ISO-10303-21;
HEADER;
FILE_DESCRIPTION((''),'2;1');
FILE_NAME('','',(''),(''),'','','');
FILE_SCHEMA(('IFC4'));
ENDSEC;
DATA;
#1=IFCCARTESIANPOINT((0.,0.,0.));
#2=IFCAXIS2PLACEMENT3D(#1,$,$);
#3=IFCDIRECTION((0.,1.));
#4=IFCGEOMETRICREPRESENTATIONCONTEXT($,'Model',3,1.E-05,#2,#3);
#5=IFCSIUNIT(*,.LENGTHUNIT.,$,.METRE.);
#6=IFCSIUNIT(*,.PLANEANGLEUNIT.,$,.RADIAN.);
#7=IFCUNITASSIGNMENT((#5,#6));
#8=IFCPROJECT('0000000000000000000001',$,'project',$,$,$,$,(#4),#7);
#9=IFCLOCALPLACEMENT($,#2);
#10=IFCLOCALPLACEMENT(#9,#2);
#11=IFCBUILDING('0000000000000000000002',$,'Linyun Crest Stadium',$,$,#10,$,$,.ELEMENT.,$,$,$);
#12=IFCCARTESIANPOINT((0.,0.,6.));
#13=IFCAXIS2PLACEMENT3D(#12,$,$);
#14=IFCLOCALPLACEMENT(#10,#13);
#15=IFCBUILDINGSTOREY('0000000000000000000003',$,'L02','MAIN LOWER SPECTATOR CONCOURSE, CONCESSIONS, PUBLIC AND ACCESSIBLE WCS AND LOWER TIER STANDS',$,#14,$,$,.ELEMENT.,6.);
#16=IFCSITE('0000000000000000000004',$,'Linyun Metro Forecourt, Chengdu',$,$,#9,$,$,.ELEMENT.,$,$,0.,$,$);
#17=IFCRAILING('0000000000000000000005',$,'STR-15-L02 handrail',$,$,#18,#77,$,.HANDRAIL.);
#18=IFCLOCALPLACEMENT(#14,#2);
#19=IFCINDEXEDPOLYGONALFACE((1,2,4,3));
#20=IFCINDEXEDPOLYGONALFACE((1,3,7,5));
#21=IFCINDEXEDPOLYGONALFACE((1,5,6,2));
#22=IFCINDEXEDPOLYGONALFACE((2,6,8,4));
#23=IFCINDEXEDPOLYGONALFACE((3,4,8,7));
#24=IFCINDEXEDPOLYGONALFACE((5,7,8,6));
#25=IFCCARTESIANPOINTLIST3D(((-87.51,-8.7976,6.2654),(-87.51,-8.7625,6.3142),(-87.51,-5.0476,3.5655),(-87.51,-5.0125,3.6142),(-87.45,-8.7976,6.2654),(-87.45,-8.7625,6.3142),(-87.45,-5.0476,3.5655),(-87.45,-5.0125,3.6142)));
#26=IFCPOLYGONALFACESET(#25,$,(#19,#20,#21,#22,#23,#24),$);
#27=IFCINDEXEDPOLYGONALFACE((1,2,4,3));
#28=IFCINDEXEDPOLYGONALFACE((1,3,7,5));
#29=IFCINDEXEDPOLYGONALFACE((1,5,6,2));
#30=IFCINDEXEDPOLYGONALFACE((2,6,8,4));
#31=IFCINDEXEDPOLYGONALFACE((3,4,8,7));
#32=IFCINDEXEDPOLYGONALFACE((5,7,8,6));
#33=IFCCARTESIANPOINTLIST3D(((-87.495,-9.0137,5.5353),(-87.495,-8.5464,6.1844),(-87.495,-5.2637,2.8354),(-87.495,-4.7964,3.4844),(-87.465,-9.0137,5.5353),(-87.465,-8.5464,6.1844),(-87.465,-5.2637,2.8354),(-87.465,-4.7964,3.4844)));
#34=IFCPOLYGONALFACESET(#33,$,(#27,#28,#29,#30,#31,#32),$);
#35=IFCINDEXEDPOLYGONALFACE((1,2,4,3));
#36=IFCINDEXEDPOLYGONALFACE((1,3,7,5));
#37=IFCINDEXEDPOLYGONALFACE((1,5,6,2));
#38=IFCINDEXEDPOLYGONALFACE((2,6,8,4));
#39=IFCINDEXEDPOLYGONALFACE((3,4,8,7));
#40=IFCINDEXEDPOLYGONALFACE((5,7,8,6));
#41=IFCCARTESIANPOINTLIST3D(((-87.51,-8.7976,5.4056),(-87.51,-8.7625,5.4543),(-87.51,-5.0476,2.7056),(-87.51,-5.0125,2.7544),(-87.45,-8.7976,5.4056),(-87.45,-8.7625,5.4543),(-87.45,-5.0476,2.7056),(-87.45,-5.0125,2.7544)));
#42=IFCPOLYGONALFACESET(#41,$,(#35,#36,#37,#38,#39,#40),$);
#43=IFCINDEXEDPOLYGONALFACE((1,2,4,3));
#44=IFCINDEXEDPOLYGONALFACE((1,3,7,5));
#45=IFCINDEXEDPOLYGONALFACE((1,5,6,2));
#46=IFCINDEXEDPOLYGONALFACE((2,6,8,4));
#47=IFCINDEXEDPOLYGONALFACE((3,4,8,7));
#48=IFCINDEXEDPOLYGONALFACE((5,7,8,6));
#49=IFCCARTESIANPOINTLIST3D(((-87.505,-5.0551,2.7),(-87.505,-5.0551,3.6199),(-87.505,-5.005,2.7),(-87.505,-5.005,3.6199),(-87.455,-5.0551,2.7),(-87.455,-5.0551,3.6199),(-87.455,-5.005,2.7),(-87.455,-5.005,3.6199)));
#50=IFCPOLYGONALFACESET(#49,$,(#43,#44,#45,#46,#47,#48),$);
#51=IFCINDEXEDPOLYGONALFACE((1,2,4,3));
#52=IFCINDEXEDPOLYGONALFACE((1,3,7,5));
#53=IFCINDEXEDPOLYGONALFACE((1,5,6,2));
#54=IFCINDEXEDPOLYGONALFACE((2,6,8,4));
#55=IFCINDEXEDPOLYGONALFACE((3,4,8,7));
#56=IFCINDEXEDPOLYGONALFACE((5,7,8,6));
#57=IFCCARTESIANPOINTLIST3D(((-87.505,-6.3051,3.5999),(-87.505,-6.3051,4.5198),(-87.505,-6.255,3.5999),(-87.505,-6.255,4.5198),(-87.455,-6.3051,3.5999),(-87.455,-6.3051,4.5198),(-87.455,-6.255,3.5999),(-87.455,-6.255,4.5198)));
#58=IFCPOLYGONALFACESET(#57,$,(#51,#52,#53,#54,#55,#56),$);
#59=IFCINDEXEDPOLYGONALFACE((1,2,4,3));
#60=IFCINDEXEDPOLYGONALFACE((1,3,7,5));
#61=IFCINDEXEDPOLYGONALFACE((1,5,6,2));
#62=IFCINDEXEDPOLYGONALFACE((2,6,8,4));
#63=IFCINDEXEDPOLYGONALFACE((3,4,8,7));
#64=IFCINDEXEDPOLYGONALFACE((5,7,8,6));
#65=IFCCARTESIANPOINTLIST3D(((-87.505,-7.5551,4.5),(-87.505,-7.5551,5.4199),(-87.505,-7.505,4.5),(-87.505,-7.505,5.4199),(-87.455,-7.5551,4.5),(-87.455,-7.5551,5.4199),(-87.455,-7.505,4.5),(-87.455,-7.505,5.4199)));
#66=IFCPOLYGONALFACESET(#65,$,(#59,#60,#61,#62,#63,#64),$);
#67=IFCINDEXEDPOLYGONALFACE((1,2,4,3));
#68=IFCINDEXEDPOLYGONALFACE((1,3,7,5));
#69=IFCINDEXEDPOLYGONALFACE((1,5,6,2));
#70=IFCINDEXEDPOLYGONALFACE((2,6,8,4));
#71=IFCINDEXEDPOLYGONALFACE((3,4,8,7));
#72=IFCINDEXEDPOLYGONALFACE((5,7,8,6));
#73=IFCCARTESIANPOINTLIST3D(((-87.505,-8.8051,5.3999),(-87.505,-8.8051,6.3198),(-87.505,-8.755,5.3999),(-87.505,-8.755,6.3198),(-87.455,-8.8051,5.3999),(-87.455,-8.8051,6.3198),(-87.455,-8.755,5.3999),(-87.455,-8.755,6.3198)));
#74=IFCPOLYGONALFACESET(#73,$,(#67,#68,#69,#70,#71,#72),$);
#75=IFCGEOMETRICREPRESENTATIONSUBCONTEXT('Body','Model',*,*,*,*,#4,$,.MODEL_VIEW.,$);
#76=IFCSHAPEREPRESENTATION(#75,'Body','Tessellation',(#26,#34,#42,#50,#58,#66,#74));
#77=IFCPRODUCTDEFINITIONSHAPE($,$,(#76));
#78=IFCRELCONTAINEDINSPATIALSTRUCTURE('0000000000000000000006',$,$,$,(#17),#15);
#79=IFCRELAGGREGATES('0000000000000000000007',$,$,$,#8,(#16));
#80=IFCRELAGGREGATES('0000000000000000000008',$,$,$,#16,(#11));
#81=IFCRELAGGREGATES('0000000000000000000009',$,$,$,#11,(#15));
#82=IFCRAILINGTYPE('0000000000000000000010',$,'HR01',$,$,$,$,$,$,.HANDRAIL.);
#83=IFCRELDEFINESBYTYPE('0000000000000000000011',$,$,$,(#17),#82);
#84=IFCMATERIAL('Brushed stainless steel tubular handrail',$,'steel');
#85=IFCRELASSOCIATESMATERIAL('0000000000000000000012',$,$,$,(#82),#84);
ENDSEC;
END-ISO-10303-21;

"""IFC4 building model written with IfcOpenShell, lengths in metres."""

from ifc_helpers import new_model, si_unit, direction, frame, origin, origin_2d, place, context, subcontext, project, spatial, rectangle, extrude, material, type_object, element, save


model = new_model("IFC4")

# Units and contexts
model_context = context("Model", 3, precision=1e-05, world=origin(), true_north=direction((0.0, 1.0)))
body_context = subcontext(model_context, "Body", "Model", "MODEL_VIEW")
ifc_project = project(units=[si_unit("LENGTHUNIT", "METRE"), si_unit("PLANEANGLEUNIT", "RADIAN")], contexts=[model_context])

# Site, building, storey
site_placement = place(None, origin())
site = spatial("IfcSite", under=ifc_project, at=site_placement, Name="Linyun Metro Forecourt, Chengdu", CompositionType="ELEMENT", RefElevation=0.0)
building_placement = place(site_placement, origin())
building = spatial("IfcBuilding", under=site, at=building_placement, Name="Linyun Crest Stadium", CompositionType="ELEMENT")
storey_placement = place(building_placement, frame((0.0, 0.0, 6.0)))
storey = spatial("IfcBuildingStorey", under=building, at=storey_placement, Name="L02", Description="MAIN LOWER SPECTATOR CONCOURSE, CONCESSIONS, PUBLIC AND ACCESSIBLE WCS AND LOWER TIER STANDS", CompositionType="ELEMENT", Elevation=6.0)

# Railing
ifc_material_1 = material(Name="Brushed stainless steel tubular handrail", Category="steel")
railing_type_1 = type_object("IfcRailingType", Name="HR01", PredefinedType="HANDRAIL", material=ifc_material_1)
railing_1_placement = place(storey_placement, frame((-87.48, -5.03, 2.7)))
element("IfcRailing", 1, at=railing_1_placement, inside=storey, type_object=railing_type_1, Name="STR-15-L02 handrail", PredefinedType="HANDRAIL", context=body_context, shape_type="SweptSolid", body=[
    extrude(rectangle(XDim=0.0601, YDim=0.0601, at=origin_2d()), frame((0.0, 0.0, 0.8899), z_axis=(0.0, -0.811539, 0.584298), x_axis=(1.0, 0.0, 0.0)), (0.0, 0.0, 1.0), 4.6208),
    extrude(rectangle(XDim=0.03, YDim=0.7998, at=origin_2d()), frame((0.0, 0.0, 0.46), z_axis=(0.0, -0.811539, 0.584298), x_axis=(1.0, 0.0, 0.0)), (0.0, 0.0, 1.0), 4.6208),
    extrude(rectangle(XDim=0.0601, YDim=0.0601, at=origin_2d()), frame((0.0, 0.0, 0.03), z_axis=(0.0, -0.811539, 0.584298), x_axis=(1.0, 0.0, 0.0)), (0.0, 0.0, 1.0), 4.6208),
    extrude(rectangle(XDim=0.05, YDim=0.05, at=origin_2d()), origin(), (0.0, 0.0, 1.0), 0.9199),
    extrude(rectangle(XDim=0.05, YDim=0.05, at=origin_2d()), frame((0.0, -1.25, 0.8999)), (0.0, 0.0, 1.0), 0.9199),
    extrude(rectangle(XDim=0.05, YDim=0.05, at=origin_2d()), frame((0.0, -2.5, 1.8)), (0.0, 0.0, 1.0), 0.9199),
    extrude(rectangle(XDim=0.05, YDim=0.05, at=origin_2d()), frame((0.0, -3.75, 2.7)), (0.0, 0.0, 1.0), 0.9199),
])

save(model, "model.ifc")
